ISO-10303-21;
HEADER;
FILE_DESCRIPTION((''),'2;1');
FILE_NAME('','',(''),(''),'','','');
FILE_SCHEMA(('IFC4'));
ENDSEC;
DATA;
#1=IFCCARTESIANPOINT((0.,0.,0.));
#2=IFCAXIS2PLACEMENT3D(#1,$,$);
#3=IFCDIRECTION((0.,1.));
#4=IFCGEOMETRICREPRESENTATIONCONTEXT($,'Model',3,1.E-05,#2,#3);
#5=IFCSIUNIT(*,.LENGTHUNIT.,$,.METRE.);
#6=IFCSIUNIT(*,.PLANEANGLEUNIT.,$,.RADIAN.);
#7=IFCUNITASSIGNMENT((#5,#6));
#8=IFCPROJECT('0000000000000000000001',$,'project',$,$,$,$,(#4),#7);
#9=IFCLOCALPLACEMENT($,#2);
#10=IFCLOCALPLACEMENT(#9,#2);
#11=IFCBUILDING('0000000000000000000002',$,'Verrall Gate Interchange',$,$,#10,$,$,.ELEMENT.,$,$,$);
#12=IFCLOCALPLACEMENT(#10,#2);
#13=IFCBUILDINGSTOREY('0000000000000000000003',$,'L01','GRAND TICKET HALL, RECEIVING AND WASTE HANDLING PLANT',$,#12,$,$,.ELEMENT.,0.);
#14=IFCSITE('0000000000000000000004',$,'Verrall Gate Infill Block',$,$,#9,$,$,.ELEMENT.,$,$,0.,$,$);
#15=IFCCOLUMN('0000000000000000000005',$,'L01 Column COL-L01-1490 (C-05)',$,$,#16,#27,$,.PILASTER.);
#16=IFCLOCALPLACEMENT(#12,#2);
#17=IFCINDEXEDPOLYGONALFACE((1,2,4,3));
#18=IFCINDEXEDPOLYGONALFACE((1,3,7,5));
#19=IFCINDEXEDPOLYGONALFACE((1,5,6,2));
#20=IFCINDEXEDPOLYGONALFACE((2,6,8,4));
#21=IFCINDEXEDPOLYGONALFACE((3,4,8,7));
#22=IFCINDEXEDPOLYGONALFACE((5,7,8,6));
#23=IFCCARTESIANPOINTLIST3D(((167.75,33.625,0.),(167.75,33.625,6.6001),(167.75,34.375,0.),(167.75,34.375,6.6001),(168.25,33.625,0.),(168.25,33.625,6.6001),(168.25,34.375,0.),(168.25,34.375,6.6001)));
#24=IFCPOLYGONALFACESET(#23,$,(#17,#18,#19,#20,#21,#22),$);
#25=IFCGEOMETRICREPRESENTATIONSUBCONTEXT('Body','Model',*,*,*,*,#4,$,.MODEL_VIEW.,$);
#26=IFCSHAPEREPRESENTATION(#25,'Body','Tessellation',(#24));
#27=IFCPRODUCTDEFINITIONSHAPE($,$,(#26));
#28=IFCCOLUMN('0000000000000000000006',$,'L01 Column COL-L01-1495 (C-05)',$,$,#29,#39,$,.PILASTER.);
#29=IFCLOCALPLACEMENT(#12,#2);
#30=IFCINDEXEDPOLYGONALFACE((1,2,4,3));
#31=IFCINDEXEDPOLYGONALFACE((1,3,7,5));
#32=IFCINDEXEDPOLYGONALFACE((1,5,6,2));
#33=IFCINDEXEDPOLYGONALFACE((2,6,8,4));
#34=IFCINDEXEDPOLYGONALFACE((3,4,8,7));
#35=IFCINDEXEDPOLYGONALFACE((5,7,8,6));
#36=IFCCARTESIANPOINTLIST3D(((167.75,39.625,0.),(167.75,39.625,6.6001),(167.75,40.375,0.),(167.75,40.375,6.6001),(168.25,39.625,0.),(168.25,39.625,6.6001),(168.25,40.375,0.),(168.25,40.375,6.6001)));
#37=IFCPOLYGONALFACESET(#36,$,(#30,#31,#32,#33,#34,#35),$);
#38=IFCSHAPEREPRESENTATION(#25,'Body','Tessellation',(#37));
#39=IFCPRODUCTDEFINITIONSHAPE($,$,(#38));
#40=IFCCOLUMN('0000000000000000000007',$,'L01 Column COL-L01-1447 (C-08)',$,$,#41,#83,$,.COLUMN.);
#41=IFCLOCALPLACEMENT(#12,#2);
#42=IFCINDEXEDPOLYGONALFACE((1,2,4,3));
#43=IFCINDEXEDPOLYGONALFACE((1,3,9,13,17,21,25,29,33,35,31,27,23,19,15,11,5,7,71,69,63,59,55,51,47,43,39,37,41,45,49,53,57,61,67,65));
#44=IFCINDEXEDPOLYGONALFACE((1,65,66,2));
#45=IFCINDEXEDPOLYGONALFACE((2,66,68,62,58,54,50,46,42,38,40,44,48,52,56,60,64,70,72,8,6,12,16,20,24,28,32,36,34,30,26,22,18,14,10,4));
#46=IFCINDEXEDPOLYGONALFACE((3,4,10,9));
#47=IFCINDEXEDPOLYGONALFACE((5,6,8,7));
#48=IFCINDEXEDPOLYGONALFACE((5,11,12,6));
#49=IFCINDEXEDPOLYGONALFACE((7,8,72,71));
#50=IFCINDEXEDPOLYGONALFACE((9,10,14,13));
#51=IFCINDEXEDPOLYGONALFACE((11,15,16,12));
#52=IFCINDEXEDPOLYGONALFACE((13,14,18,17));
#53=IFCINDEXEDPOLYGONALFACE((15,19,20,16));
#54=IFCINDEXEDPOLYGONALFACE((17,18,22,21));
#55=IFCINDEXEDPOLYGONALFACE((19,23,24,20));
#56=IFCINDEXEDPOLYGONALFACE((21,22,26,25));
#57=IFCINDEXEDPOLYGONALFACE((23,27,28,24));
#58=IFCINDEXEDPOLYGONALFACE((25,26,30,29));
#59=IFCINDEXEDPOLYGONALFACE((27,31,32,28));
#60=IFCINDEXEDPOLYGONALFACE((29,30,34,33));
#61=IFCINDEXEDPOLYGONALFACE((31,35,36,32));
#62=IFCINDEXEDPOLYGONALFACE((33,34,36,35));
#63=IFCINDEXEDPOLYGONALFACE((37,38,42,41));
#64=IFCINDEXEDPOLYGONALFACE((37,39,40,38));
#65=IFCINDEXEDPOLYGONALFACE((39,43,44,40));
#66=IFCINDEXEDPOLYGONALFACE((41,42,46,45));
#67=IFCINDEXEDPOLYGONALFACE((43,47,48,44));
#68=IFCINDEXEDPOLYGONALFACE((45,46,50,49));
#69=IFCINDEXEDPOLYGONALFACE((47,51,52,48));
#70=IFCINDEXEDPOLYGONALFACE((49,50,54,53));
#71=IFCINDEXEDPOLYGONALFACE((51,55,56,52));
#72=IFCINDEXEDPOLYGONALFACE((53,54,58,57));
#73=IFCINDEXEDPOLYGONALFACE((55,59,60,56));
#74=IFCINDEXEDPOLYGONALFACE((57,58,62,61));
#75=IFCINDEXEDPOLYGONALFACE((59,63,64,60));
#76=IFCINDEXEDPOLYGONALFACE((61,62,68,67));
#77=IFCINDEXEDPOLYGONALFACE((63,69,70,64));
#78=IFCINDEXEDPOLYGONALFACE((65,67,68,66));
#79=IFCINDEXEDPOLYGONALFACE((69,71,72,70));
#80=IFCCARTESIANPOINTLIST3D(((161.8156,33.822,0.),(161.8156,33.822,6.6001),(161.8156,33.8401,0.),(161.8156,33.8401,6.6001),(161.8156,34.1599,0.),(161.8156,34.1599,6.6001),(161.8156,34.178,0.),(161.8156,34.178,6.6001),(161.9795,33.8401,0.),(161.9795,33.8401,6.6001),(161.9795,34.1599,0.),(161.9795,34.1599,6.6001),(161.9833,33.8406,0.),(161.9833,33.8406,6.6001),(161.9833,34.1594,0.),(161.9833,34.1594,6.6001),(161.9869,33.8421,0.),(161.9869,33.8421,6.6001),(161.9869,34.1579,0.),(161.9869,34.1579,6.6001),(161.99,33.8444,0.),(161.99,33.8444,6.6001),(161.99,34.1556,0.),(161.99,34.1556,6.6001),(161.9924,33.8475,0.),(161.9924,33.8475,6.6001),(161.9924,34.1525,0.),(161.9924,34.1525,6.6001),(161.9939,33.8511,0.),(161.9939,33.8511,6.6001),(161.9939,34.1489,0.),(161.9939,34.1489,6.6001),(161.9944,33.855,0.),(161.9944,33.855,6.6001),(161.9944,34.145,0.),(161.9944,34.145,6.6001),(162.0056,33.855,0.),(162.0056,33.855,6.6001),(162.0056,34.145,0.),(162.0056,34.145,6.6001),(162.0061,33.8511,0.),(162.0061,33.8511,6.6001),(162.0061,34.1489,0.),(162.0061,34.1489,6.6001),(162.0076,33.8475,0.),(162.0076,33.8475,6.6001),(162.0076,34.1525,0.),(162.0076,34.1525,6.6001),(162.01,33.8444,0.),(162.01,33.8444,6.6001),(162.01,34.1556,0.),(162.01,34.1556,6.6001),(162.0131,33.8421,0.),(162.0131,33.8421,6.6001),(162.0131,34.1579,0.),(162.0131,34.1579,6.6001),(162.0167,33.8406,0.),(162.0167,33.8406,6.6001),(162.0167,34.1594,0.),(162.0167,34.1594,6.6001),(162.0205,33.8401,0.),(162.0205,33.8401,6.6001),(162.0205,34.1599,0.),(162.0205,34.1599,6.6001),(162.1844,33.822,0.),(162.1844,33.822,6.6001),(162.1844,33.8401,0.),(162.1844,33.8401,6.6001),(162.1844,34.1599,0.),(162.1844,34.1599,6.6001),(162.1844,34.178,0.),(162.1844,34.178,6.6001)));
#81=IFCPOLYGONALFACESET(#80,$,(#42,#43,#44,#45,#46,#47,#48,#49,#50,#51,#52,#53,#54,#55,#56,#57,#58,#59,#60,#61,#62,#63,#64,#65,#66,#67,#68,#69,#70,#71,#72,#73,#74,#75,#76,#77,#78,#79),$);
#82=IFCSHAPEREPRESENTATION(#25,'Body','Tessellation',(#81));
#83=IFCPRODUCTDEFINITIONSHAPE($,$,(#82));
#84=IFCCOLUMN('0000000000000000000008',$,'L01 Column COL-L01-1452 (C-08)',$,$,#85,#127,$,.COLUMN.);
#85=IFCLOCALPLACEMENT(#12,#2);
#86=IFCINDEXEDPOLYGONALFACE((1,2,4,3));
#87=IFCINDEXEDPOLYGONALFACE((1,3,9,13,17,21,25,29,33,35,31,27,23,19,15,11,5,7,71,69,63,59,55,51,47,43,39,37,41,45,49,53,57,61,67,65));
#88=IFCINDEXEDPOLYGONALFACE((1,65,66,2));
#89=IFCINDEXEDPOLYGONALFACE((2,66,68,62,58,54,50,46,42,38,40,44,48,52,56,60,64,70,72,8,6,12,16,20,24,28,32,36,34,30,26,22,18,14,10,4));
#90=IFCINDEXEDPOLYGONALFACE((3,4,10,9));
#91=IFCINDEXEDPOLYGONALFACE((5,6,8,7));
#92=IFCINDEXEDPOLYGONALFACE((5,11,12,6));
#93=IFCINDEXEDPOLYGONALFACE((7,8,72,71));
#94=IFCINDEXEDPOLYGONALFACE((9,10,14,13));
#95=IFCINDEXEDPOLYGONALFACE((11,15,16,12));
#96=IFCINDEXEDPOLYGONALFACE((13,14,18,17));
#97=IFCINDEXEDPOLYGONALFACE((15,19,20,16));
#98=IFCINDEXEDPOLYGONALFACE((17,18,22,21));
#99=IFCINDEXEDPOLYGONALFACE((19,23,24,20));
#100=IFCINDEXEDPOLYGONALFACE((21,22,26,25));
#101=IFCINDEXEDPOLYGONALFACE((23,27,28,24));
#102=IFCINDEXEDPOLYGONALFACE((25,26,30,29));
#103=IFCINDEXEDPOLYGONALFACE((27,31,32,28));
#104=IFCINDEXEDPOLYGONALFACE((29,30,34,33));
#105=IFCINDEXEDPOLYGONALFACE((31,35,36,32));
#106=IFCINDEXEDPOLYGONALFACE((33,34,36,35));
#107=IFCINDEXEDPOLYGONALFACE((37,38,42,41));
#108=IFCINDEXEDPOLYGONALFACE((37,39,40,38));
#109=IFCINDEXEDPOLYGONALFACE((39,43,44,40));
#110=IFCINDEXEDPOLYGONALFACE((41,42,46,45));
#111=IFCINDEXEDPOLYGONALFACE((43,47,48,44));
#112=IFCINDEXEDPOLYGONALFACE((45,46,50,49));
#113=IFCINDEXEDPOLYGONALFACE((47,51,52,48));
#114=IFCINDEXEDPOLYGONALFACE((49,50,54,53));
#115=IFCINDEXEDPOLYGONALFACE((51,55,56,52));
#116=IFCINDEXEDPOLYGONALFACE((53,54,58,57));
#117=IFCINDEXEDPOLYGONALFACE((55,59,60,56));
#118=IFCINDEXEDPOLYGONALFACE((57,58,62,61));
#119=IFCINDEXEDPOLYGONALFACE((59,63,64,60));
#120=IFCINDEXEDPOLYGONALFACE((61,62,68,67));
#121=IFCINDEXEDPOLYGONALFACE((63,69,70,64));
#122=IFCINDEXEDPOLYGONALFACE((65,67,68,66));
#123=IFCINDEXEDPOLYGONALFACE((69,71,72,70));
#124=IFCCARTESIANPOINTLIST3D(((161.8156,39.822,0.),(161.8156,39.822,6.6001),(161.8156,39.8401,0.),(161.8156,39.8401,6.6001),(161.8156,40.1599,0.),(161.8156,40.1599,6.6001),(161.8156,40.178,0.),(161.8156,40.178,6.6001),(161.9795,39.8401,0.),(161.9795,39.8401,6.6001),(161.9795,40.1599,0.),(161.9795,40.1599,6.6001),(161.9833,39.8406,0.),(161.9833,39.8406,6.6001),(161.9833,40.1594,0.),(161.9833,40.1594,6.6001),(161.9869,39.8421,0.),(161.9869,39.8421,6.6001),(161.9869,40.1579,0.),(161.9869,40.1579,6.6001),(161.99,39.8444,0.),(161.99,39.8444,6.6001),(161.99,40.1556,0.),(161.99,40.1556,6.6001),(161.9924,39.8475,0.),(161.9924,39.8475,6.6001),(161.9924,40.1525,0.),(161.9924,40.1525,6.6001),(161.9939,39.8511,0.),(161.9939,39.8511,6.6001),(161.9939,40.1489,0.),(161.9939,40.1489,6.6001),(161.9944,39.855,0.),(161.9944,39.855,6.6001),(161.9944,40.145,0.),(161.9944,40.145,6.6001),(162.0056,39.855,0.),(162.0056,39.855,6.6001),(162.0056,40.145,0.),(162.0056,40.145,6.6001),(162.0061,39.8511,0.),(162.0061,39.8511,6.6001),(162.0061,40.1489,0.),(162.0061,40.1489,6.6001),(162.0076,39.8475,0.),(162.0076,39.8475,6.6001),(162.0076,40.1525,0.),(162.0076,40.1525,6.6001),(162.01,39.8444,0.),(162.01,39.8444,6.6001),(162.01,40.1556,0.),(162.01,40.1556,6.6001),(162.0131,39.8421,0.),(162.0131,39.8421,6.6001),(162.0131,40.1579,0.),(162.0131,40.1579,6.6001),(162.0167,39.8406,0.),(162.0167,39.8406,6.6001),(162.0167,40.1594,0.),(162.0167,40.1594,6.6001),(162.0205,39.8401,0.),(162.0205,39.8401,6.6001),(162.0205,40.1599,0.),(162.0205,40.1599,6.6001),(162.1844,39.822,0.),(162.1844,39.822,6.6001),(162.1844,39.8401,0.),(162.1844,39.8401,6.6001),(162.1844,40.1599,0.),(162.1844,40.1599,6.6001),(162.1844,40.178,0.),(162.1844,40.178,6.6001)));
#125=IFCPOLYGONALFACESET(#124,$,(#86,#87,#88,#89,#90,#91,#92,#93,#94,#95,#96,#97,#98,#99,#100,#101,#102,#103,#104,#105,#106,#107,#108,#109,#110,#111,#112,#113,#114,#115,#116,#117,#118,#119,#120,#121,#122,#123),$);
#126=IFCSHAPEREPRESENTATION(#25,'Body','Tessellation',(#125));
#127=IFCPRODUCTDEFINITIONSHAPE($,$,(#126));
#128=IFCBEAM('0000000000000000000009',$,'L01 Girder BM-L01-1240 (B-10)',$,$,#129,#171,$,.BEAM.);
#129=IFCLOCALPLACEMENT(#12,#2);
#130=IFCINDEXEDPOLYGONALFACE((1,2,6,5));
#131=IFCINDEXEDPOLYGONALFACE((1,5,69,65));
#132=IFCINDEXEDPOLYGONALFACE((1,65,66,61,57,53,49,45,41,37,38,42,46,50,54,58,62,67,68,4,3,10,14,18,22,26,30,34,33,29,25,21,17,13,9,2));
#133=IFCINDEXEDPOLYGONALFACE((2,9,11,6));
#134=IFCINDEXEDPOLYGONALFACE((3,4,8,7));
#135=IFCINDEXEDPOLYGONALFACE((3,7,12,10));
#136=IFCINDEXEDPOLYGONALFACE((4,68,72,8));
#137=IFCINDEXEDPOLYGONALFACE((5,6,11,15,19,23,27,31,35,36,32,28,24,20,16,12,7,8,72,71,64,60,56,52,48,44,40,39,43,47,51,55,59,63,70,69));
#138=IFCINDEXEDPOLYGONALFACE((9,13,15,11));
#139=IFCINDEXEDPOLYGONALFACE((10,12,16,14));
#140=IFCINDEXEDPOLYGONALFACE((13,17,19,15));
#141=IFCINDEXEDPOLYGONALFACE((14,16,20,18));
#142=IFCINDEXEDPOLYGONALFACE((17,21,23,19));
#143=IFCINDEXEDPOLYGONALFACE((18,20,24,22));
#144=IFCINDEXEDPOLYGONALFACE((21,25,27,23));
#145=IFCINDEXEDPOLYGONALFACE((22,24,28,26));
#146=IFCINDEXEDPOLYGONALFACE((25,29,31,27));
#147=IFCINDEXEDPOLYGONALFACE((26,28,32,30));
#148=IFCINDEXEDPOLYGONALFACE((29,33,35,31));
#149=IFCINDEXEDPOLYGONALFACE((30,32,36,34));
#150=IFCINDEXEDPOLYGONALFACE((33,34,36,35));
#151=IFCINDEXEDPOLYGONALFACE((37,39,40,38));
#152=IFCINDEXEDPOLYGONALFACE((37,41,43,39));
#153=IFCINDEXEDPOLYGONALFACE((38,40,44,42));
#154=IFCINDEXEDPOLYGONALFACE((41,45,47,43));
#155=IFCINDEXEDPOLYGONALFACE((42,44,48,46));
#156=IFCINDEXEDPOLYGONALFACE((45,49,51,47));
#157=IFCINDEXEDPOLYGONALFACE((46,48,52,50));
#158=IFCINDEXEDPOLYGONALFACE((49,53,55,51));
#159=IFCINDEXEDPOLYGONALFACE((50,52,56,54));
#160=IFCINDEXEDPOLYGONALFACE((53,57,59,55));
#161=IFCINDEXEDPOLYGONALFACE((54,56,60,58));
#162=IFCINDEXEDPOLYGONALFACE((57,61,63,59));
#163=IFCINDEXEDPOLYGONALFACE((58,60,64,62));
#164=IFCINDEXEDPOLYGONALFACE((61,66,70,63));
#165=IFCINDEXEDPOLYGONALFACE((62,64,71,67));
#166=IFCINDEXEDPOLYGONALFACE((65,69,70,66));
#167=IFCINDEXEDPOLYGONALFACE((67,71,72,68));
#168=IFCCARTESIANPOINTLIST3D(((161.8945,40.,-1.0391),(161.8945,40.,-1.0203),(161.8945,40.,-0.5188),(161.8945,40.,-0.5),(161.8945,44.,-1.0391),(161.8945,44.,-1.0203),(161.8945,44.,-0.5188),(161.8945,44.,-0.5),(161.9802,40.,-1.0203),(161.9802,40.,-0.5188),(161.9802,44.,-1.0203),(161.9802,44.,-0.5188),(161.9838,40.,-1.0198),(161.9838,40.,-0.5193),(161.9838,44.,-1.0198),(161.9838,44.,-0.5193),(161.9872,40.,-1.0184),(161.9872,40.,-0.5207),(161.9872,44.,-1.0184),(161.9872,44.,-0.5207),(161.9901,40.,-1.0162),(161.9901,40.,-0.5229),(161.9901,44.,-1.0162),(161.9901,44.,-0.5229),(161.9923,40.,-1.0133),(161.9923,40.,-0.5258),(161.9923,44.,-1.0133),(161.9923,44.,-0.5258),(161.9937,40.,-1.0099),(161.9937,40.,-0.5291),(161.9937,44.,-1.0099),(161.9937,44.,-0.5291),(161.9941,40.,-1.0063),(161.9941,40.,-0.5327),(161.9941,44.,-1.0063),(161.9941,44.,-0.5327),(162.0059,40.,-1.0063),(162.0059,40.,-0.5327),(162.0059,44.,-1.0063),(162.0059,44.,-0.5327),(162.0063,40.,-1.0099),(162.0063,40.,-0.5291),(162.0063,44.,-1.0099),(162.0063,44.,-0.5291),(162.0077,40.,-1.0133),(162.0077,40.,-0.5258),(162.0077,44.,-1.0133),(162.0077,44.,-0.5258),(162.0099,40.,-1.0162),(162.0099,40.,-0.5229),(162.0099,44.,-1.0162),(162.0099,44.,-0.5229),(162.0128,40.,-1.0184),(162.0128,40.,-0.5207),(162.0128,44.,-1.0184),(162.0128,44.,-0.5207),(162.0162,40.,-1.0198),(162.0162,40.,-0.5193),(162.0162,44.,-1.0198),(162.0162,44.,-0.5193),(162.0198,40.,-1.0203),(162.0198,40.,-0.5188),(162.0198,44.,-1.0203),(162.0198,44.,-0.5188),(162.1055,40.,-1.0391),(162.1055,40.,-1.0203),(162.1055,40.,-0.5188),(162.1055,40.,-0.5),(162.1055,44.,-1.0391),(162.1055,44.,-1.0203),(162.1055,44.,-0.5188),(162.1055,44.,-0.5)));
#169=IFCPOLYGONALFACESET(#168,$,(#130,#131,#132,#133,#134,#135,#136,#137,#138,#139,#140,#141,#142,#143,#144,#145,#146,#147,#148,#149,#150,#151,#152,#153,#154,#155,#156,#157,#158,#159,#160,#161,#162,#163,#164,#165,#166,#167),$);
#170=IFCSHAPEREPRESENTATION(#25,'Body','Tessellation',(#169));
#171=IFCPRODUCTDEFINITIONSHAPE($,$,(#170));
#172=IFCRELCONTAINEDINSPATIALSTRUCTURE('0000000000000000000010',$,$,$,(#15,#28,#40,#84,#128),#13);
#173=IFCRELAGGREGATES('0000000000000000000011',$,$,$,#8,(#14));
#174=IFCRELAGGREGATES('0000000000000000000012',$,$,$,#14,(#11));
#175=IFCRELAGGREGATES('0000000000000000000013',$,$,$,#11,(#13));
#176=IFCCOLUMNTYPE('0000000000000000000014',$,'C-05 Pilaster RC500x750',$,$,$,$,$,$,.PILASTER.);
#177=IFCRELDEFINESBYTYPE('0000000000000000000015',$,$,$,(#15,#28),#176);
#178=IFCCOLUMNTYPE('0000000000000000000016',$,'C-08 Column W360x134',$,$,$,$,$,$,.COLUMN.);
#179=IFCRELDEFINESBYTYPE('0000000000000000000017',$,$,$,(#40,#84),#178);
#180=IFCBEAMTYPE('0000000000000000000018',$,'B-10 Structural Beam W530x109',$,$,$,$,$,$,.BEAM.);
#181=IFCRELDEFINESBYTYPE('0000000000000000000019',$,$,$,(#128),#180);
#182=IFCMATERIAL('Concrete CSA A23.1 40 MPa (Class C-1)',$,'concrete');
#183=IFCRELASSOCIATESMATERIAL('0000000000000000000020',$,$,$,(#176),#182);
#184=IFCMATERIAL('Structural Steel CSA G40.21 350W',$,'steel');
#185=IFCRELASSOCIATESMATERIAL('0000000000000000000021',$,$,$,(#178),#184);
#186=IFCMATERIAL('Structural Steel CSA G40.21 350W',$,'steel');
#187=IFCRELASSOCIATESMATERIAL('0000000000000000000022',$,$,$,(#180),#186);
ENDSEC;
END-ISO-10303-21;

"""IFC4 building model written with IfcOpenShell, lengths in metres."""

from ifc_helpers import new_model, si_unit, direction, frame, origin, origin_2d, place, context, subcontext, project, spatial, rectangle, i_section, extrude, material, material_profile, profile_set, type_object, element, save


model = new_model("IFC4")

# Units and contexts
model_context = context("Model", 3, precision=1e-05, world=origin(), true_north=direction((0.0, 1.0)))
body_context = subcontext(model_context, "Body", "Model", "MODEL_VIEW")
ifc_project = project(units=[si_unit("LENGTHUNIT", "METRE"), si_unit("PLANEANGLEUNIT", "RADIAN")], contexts=[model_context])

# Site, building, storey
site_placement = place(None, origin())
site = spatial("IfcSite", under=ifc_project, at=site_placement, Name="Verrall Gate Infill Block", CompositionType="ELEMENT", RefElevation=0.0)
building_placement = place(site_placement, origin())
building = spatial("IfcBuilding", under=site, at=building_placement, Name="Verrall Gate Interchange", CompositionType="ELEMENT")
storey_placement = place(building_placement, origin())
storey = spatial("IfcBuildingStorey", under=building, at=storey_placement, Name="L01", Description="GRAND TICKET HALL, RECEIVING AND WASTE HANDLING PLANT", CompositionType="ELEMENT", Elevation=0.0)

# Columns
ifc_material_1 = material(Name="Concrete CSA A23.1 40 MPa (Class C-1)", Category="concrete")
ifc_material_profile_1 = material_profile(ifc_material_1, rectangle(XDim=0.5, YDim=0.75, at=origin_2d()), Name="RC500x750")
ifc_profile_set_1 = profile_set([ifc_material_profile_1], Name="Concrete CSA A23.1 40 MPa (Class C-1)")
column_type_1 = type_object("IfcColumnType", Name="C-05 Pilaster RC500x750", PredefinedType="PILASTER", material=ifc_profile_set_1)
for number, where, z_axis, x_axis, name in (
    (1, (168.0, 34.0, 0.0), (0.0, 0.0, 1.0), (1.0, 0.0, 0.0), "L01 Column COL-L01-1490 (C-05)"),
    (2, (168.0, 40.0, 0.0), (0.0, 0.0, 1.0), (1.0, 0.0, 0.0), "L01 Column COL-L01-1495 (C-05)"),
):
    element("IfcColumn", number, at=place(storey_placement, frame(where, z_axis=z_axis, x_axis=x_axis)), inside=storey, type_object=column_type_1, Name=name, PredefinedType="PILASTER", context=body_context, shape_type="SweptSolid", body=[
        extrude(rectangle(XDim=0.5, YDim=0.75, at=origin_2d()), origin(), (0.0, 0.0, 1.0), 6.6001),
    ])
ifc_material_2 = material(Name="Structural Steel CSA G40.21 350W", Category="steel")
ifc_material_profile_2 = material_profile(ifc_material_2, i_section(OverallWidth=0.3689, OverallDepth=0.356, WebThickness=0.0112, FlangeThickness=0.0181, FilletRadius=0.0149, at=origin_2d()), Name="W360x134")
ifc_profile_set_2 = profile_set([ifc_material_profile_2], Name="Structural Steel CSA G40.21 350W")
column_type_2 = type_object("IfcColumnType", Name="C-08 Column W360x134", PredefinedType="COLUMN", material=ifc_profile_set_2)
for number, where, z_axis, x_axis, name in (
    (3, (162.0, 34.0, 0.0), (0.0, 0.0, 1.0), (1.0, 0.0, 0.0), "L01 Column COL-L01-1447 (C-08)"),
    (4, (162.0, 40.0, 0.0), (0.0, 0.0, 1.0), (1.0, 0.0, 0.0), "L01 Column COL-L01-1452 (C-08)"),
):
    element("IfcColumn", number, at=place(storey_placement, frame(where, z_axis=z_axis, x_axis=x_axis)), inside=storey, type_object=column_type_2, Name=name, PredefinedType="COLUMN", context=body_context, shape_type="SweptSolid", body=[
        extrude(i_section(OverallWidth=0.3689, OverallDepth=0.356, WebThickness=0.0112, FlangeThickness=0.0181, FilletRadius=0.0149, at=origin_2d()), origin(), (0.0, 0.0, 1.0), 6.6001),
    ])

# Beam
ifc_material_3 = material(Name="Structural Steel CSA G40.21 350W", Category="steel")
ifc_material_profile_3 = material_profile(ifc_material_3, i_section(OverallWidth=0.2109, OverallDepth=0.5391, WebThickness=0.0117, FlangeThickness=0.0188, FilletRadius=0.0139, at=origin_2d()), Name="W530x109")
ifc_profile_set_3 = profile_set([ifc_material_profile_3], Name="Structural Steel CSA G40.21 350W")
beam_type_1 = type_object("IfcBeamType", Name="B-10 Structural Beam W530x109", PredefinedType="BEAM", material=ifc_profile_set_3)
beam_1_placement = place(storey_placement, frame((162.0, 40.0, -0.7695), z_axis=(0.0, 1.0, 0.0), x_axis=(-1.0, 0.0, 0.0)))
element("IfcBeam", 5, at=beam_1_placement, inside=storey, type_object=beam_type_1, Name="L01 Girder BM-L01-1240 (B-10)", PredefinedType="BEAM", context=body_context, shape_type="SweptSolid", body=[
    extrude(i_section(OverallWidth=0.2109, OverallDepth=0.5391, WebThickness=0.0117, FlangeThickness=0.0188, FilletRadius=0.0139, at=origin_2d()), origin(), (0.0, 0.0, 1.0), 4.0),
])

save(model, "model.ifc")
